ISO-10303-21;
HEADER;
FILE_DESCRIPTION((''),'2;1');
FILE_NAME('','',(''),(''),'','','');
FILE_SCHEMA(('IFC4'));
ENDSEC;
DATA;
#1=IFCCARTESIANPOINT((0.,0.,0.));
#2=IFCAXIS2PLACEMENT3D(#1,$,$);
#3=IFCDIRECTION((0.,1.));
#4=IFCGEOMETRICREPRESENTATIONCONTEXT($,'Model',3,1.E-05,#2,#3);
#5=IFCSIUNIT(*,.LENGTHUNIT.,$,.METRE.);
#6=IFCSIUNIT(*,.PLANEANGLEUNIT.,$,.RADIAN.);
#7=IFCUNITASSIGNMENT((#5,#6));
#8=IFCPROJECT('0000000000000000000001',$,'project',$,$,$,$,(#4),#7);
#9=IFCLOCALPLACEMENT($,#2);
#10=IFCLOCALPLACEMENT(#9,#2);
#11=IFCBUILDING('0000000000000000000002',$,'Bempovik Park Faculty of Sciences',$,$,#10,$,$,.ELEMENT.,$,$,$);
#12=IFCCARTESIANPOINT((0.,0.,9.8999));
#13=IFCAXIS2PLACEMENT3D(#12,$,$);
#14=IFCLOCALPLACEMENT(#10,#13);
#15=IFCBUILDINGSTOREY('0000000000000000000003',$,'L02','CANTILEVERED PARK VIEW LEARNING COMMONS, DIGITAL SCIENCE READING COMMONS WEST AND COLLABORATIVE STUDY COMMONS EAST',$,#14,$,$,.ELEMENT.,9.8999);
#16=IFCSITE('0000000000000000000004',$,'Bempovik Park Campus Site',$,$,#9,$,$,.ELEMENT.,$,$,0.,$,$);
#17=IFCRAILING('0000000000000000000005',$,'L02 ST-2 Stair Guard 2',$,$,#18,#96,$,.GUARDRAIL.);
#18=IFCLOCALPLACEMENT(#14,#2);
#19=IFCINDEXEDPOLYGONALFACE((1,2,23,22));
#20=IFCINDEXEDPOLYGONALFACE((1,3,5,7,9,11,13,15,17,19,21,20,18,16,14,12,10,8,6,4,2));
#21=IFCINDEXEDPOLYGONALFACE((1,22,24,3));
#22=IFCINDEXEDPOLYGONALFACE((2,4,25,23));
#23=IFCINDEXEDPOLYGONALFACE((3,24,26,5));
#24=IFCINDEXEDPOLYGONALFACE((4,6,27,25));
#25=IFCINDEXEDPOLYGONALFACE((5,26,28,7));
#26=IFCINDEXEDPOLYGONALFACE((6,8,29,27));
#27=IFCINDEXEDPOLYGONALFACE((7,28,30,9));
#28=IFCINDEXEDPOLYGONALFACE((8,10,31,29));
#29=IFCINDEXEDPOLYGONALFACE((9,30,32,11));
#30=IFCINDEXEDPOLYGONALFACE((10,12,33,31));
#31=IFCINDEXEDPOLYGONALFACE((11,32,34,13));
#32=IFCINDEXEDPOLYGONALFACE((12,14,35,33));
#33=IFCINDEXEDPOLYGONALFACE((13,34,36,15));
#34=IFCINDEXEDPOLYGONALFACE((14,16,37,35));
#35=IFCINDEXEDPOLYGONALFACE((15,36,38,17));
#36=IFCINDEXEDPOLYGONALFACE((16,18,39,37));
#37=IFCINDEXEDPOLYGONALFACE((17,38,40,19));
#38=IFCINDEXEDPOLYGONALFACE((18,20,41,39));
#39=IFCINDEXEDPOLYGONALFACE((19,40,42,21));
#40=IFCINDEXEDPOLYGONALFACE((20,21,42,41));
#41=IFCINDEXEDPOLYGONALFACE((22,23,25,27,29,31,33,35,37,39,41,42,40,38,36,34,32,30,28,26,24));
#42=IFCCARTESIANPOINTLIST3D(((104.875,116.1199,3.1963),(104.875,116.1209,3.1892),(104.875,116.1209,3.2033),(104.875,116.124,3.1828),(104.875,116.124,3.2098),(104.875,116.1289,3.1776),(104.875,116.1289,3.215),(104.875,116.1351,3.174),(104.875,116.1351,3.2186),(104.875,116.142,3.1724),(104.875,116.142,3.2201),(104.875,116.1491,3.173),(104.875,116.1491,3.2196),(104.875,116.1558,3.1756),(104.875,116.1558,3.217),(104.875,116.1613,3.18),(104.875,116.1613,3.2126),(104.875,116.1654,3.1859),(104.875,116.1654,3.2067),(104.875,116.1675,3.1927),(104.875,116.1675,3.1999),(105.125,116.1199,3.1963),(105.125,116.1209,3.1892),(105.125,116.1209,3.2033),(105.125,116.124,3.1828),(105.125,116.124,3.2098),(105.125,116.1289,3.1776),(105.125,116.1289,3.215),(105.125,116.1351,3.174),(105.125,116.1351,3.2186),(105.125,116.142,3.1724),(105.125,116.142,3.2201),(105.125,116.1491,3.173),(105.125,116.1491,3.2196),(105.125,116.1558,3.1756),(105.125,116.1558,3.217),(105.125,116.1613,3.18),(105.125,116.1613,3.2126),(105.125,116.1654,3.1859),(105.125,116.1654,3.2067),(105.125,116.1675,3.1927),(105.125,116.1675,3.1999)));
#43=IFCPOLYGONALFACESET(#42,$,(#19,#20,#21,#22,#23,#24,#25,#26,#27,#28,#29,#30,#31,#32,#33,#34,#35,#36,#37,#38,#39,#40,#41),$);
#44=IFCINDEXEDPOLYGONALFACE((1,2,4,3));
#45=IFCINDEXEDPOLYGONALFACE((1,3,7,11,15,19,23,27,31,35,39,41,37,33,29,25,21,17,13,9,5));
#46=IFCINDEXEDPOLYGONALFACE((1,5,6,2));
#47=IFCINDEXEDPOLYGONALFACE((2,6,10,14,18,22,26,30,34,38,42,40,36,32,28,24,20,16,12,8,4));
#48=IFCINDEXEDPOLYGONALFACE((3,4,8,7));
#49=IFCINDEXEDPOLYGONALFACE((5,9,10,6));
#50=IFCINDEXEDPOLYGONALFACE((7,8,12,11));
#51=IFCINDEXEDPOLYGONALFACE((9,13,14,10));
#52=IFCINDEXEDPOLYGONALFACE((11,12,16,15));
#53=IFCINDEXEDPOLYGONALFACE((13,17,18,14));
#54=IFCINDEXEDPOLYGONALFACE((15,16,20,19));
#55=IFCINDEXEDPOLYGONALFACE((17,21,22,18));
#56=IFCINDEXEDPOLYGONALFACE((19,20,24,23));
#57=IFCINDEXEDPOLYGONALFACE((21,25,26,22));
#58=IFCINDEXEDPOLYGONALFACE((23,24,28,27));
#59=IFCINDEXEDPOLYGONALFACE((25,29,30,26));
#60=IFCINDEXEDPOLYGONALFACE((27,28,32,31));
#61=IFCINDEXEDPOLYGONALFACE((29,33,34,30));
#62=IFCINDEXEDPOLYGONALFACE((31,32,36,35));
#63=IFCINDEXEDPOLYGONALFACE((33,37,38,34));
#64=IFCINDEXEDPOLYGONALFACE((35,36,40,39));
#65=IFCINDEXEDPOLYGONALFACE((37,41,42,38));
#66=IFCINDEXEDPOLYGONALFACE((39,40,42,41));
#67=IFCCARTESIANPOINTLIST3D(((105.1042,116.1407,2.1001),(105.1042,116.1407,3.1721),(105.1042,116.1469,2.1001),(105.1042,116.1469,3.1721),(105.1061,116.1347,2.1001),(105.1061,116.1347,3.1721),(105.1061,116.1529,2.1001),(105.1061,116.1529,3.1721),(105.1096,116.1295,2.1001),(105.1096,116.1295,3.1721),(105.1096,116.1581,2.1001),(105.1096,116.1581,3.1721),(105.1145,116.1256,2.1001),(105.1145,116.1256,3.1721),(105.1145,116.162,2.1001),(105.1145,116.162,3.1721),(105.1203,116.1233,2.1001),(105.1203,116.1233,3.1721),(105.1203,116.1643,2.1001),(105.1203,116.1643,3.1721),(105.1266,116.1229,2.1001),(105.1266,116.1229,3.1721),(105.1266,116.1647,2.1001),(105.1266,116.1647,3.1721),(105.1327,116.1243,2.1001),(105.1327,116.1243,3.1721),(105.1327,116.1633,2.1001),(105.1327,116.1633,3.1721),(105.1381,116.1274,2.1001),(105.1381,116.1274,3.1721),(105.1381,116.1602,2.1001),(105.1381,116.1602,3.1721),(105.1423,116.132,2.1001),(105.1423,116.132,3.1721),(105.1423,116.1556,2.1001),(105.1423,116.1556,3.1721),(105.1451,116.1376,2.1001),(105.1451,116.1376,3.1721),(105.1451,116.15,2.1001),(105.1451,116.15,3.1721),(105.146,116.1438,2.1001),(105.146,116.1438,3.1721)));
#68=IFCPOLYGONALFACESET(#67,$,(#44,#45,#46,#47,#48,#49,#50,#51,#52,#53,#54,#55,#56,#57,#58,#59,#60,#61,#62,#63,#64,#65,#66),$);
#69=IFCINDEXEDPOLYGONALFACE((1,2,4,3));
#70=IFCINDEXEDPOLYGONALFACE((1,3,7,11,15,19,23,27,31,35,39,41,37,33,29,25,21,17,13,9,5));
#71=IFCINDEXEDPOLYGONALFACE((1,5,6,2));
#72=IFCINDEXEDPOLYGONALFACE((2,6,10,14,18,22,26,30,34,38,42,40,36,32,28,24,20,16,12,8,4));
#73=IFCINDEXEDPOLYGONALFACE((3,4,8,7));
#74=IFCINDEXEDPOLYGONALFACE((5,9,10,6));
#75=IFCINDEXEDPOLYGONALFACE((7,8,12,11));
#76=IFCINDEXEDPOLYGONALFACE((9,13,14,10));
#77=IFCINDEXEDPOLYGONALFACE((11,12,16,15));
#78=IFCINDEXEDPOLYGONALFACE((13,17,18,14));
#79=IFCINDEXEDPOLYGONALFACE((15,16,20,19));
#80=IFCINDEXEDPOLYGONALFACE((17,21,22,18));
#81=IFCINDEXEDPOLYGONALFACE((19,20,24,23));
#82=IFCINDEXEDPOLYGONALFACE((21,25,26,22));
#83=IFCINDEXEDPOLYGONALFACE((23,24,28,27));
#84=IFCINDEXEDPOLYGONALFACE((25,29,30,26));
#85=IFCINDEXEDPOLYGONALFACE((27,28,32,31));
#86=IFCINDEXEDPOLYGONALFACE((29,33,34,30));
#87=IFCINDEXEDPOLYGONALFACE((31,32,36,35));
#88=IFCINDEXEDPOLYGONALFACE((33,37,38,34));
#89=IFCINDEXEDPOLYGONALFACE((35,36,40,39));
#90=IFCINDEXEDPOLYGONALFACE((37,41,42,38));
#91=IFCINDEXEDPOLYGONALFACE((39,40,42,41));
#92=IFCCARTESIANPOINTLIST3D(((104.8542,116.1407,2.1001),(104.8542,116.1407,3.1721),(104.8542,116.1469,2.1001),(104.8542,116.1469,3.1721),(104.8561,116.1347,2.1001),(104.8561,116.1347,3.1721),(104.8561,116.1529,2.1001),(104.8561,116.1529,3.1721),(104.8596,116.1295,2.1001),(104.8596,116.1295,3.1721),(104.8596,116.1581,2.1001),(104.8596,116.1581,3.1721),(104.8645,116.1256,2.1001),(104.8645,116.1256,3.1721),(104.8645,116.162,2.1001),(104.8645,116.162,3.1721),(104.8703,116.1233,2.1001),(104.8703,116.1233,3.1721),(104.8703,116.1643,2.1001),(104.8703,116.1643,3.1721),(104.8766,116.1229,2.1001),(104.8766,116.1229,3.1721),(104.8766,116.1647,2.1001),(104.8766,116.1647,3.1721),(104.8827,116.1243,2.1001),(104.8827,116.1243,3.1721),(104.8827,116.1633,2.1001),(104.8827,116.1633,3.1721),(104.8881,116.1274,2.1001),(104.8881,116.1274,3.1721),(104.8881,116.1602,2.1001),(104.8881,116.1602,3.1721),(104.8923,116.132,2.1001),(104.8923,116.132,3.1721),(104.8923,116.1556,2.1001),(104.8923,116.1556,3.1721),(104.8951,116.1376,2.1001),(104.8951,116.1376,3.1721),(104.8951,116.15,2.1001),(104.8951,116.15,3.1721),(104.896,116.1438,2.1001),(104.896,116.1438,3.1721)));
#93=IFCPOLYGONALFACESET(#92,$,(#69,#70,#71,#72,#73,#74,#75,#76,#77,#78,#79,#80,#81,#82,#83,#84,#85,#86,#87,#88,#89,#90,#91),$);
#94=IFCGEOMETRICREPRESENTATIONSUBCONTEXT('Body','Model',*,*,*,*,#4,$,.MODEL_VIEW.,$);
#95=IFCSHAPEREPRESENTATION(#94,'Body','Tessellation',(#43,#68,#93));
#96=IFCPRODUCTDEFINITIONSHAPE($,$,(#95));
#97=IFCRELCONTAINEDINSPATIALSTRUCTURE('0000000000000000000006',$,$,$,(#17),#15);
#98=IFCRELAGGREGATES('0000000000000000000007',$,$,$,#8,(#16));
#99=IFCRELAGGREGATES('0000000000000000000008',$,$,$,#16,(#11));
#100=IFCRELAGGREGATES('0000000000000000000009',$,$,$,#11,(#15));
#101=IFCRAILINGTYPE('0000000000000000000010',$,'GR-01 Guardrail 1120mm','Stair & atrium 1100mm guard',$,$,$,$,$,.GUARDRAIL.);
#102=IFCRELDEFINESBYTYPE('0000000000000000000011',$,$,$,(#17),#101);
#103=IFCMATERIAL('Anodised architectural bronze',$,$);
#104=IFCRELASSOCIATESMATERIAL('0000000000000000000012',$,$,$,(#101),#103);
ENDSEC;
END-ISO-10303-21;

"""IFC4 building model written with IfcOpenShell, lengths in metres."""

from ifc_helpers import new_model, si_unit, direction, frame, origin, origin_2d, place, context, subcontext, project, spatial, circle, extrude, material, type_object, element, save


model = new_model("IFC4")

# Units and contexts
model_context = context("Model", 3, precision=1e-05, world=origin(), true_north=direction((0.0, 1.0)))
body_context = subcontext(model_context, "Body", "Model", "MODEL_VIEW")
ifc_project = project(units=[si_unit("LENGTHUNIT", "METRE"), si_unit("PLANEANGLEUNIT", "RADIAN")], contexts=[model_context])

# Site, building, storey
site_placement = place(None, origin())
site = spatial("IfcSite", under=ifc_project, at=site_placement, Name="Bempovik Park Campus Site", CompositionType="ELEMENT", RefElevation=0.0)
building_placement = place(site_placement, origin())
building = spatial("IfcBuilding", under=site, at=building_placement, Name="Bempovik Park Faculty of Sciences", CompositionType="ELEMENT")
storey_placement = place(building_placement, frame((0.0, 0.0, 9.8999)))
storey = spatial("IfcBuildingStorey", under=building, at=storey_placement, Name="L02", Description="CANTILEVERED PARK VIEW LEARNING COMMONS, DIGITAL SCIENCE READING COMMONS WEST AND COLLABORATIVE STUDY COMMONS EAST", CompositionType="ELEMENT", Elevation=9.8999)

# Railing
ifc_material_1 = material(Name="Anodised architectural bronze")
railing_type_1 = type_object("IfcRailingType", Name="GR-01 Guardrail 1120mm", Description="Stair & atrium 1100mm guard", PredefinedType="GUARDRAIL", material=ifc_material_1)
railing_1_placement = place(storey_placement, frame((105.125, 116.1438, 2.1001)))
element("IfcRailing", 1, at=railing_1_placement, inside=storey, type_object=railing_type_1, Name="L02 ST-2 Stair Guard 2", PredefinedType="GUARDRAIL", context=body_context, shape_type="SweptSolid", body=[
    extrude(circle(Radius=0.0239, at=origin_2d()), frame((0.0, 0.0, 1.0962), z_axis=(-1.0, 0.0, 0.0), x_axis=(0.0, -1.0, 0.0)), (0.0, 0.0, 1.0), 0.25),
    extrude(circle(Radius=0.021, at=origin_2d()), origin(), (0.0, 0.0, 1.0), 1.072),
    extrude(circle(Radius=0.021, at=origin_2d()), frame((-0.25, 0.0, 0.0)), (0.0, 0.0, 1.0), 1.072),
])

save(model, "model.ifc")
